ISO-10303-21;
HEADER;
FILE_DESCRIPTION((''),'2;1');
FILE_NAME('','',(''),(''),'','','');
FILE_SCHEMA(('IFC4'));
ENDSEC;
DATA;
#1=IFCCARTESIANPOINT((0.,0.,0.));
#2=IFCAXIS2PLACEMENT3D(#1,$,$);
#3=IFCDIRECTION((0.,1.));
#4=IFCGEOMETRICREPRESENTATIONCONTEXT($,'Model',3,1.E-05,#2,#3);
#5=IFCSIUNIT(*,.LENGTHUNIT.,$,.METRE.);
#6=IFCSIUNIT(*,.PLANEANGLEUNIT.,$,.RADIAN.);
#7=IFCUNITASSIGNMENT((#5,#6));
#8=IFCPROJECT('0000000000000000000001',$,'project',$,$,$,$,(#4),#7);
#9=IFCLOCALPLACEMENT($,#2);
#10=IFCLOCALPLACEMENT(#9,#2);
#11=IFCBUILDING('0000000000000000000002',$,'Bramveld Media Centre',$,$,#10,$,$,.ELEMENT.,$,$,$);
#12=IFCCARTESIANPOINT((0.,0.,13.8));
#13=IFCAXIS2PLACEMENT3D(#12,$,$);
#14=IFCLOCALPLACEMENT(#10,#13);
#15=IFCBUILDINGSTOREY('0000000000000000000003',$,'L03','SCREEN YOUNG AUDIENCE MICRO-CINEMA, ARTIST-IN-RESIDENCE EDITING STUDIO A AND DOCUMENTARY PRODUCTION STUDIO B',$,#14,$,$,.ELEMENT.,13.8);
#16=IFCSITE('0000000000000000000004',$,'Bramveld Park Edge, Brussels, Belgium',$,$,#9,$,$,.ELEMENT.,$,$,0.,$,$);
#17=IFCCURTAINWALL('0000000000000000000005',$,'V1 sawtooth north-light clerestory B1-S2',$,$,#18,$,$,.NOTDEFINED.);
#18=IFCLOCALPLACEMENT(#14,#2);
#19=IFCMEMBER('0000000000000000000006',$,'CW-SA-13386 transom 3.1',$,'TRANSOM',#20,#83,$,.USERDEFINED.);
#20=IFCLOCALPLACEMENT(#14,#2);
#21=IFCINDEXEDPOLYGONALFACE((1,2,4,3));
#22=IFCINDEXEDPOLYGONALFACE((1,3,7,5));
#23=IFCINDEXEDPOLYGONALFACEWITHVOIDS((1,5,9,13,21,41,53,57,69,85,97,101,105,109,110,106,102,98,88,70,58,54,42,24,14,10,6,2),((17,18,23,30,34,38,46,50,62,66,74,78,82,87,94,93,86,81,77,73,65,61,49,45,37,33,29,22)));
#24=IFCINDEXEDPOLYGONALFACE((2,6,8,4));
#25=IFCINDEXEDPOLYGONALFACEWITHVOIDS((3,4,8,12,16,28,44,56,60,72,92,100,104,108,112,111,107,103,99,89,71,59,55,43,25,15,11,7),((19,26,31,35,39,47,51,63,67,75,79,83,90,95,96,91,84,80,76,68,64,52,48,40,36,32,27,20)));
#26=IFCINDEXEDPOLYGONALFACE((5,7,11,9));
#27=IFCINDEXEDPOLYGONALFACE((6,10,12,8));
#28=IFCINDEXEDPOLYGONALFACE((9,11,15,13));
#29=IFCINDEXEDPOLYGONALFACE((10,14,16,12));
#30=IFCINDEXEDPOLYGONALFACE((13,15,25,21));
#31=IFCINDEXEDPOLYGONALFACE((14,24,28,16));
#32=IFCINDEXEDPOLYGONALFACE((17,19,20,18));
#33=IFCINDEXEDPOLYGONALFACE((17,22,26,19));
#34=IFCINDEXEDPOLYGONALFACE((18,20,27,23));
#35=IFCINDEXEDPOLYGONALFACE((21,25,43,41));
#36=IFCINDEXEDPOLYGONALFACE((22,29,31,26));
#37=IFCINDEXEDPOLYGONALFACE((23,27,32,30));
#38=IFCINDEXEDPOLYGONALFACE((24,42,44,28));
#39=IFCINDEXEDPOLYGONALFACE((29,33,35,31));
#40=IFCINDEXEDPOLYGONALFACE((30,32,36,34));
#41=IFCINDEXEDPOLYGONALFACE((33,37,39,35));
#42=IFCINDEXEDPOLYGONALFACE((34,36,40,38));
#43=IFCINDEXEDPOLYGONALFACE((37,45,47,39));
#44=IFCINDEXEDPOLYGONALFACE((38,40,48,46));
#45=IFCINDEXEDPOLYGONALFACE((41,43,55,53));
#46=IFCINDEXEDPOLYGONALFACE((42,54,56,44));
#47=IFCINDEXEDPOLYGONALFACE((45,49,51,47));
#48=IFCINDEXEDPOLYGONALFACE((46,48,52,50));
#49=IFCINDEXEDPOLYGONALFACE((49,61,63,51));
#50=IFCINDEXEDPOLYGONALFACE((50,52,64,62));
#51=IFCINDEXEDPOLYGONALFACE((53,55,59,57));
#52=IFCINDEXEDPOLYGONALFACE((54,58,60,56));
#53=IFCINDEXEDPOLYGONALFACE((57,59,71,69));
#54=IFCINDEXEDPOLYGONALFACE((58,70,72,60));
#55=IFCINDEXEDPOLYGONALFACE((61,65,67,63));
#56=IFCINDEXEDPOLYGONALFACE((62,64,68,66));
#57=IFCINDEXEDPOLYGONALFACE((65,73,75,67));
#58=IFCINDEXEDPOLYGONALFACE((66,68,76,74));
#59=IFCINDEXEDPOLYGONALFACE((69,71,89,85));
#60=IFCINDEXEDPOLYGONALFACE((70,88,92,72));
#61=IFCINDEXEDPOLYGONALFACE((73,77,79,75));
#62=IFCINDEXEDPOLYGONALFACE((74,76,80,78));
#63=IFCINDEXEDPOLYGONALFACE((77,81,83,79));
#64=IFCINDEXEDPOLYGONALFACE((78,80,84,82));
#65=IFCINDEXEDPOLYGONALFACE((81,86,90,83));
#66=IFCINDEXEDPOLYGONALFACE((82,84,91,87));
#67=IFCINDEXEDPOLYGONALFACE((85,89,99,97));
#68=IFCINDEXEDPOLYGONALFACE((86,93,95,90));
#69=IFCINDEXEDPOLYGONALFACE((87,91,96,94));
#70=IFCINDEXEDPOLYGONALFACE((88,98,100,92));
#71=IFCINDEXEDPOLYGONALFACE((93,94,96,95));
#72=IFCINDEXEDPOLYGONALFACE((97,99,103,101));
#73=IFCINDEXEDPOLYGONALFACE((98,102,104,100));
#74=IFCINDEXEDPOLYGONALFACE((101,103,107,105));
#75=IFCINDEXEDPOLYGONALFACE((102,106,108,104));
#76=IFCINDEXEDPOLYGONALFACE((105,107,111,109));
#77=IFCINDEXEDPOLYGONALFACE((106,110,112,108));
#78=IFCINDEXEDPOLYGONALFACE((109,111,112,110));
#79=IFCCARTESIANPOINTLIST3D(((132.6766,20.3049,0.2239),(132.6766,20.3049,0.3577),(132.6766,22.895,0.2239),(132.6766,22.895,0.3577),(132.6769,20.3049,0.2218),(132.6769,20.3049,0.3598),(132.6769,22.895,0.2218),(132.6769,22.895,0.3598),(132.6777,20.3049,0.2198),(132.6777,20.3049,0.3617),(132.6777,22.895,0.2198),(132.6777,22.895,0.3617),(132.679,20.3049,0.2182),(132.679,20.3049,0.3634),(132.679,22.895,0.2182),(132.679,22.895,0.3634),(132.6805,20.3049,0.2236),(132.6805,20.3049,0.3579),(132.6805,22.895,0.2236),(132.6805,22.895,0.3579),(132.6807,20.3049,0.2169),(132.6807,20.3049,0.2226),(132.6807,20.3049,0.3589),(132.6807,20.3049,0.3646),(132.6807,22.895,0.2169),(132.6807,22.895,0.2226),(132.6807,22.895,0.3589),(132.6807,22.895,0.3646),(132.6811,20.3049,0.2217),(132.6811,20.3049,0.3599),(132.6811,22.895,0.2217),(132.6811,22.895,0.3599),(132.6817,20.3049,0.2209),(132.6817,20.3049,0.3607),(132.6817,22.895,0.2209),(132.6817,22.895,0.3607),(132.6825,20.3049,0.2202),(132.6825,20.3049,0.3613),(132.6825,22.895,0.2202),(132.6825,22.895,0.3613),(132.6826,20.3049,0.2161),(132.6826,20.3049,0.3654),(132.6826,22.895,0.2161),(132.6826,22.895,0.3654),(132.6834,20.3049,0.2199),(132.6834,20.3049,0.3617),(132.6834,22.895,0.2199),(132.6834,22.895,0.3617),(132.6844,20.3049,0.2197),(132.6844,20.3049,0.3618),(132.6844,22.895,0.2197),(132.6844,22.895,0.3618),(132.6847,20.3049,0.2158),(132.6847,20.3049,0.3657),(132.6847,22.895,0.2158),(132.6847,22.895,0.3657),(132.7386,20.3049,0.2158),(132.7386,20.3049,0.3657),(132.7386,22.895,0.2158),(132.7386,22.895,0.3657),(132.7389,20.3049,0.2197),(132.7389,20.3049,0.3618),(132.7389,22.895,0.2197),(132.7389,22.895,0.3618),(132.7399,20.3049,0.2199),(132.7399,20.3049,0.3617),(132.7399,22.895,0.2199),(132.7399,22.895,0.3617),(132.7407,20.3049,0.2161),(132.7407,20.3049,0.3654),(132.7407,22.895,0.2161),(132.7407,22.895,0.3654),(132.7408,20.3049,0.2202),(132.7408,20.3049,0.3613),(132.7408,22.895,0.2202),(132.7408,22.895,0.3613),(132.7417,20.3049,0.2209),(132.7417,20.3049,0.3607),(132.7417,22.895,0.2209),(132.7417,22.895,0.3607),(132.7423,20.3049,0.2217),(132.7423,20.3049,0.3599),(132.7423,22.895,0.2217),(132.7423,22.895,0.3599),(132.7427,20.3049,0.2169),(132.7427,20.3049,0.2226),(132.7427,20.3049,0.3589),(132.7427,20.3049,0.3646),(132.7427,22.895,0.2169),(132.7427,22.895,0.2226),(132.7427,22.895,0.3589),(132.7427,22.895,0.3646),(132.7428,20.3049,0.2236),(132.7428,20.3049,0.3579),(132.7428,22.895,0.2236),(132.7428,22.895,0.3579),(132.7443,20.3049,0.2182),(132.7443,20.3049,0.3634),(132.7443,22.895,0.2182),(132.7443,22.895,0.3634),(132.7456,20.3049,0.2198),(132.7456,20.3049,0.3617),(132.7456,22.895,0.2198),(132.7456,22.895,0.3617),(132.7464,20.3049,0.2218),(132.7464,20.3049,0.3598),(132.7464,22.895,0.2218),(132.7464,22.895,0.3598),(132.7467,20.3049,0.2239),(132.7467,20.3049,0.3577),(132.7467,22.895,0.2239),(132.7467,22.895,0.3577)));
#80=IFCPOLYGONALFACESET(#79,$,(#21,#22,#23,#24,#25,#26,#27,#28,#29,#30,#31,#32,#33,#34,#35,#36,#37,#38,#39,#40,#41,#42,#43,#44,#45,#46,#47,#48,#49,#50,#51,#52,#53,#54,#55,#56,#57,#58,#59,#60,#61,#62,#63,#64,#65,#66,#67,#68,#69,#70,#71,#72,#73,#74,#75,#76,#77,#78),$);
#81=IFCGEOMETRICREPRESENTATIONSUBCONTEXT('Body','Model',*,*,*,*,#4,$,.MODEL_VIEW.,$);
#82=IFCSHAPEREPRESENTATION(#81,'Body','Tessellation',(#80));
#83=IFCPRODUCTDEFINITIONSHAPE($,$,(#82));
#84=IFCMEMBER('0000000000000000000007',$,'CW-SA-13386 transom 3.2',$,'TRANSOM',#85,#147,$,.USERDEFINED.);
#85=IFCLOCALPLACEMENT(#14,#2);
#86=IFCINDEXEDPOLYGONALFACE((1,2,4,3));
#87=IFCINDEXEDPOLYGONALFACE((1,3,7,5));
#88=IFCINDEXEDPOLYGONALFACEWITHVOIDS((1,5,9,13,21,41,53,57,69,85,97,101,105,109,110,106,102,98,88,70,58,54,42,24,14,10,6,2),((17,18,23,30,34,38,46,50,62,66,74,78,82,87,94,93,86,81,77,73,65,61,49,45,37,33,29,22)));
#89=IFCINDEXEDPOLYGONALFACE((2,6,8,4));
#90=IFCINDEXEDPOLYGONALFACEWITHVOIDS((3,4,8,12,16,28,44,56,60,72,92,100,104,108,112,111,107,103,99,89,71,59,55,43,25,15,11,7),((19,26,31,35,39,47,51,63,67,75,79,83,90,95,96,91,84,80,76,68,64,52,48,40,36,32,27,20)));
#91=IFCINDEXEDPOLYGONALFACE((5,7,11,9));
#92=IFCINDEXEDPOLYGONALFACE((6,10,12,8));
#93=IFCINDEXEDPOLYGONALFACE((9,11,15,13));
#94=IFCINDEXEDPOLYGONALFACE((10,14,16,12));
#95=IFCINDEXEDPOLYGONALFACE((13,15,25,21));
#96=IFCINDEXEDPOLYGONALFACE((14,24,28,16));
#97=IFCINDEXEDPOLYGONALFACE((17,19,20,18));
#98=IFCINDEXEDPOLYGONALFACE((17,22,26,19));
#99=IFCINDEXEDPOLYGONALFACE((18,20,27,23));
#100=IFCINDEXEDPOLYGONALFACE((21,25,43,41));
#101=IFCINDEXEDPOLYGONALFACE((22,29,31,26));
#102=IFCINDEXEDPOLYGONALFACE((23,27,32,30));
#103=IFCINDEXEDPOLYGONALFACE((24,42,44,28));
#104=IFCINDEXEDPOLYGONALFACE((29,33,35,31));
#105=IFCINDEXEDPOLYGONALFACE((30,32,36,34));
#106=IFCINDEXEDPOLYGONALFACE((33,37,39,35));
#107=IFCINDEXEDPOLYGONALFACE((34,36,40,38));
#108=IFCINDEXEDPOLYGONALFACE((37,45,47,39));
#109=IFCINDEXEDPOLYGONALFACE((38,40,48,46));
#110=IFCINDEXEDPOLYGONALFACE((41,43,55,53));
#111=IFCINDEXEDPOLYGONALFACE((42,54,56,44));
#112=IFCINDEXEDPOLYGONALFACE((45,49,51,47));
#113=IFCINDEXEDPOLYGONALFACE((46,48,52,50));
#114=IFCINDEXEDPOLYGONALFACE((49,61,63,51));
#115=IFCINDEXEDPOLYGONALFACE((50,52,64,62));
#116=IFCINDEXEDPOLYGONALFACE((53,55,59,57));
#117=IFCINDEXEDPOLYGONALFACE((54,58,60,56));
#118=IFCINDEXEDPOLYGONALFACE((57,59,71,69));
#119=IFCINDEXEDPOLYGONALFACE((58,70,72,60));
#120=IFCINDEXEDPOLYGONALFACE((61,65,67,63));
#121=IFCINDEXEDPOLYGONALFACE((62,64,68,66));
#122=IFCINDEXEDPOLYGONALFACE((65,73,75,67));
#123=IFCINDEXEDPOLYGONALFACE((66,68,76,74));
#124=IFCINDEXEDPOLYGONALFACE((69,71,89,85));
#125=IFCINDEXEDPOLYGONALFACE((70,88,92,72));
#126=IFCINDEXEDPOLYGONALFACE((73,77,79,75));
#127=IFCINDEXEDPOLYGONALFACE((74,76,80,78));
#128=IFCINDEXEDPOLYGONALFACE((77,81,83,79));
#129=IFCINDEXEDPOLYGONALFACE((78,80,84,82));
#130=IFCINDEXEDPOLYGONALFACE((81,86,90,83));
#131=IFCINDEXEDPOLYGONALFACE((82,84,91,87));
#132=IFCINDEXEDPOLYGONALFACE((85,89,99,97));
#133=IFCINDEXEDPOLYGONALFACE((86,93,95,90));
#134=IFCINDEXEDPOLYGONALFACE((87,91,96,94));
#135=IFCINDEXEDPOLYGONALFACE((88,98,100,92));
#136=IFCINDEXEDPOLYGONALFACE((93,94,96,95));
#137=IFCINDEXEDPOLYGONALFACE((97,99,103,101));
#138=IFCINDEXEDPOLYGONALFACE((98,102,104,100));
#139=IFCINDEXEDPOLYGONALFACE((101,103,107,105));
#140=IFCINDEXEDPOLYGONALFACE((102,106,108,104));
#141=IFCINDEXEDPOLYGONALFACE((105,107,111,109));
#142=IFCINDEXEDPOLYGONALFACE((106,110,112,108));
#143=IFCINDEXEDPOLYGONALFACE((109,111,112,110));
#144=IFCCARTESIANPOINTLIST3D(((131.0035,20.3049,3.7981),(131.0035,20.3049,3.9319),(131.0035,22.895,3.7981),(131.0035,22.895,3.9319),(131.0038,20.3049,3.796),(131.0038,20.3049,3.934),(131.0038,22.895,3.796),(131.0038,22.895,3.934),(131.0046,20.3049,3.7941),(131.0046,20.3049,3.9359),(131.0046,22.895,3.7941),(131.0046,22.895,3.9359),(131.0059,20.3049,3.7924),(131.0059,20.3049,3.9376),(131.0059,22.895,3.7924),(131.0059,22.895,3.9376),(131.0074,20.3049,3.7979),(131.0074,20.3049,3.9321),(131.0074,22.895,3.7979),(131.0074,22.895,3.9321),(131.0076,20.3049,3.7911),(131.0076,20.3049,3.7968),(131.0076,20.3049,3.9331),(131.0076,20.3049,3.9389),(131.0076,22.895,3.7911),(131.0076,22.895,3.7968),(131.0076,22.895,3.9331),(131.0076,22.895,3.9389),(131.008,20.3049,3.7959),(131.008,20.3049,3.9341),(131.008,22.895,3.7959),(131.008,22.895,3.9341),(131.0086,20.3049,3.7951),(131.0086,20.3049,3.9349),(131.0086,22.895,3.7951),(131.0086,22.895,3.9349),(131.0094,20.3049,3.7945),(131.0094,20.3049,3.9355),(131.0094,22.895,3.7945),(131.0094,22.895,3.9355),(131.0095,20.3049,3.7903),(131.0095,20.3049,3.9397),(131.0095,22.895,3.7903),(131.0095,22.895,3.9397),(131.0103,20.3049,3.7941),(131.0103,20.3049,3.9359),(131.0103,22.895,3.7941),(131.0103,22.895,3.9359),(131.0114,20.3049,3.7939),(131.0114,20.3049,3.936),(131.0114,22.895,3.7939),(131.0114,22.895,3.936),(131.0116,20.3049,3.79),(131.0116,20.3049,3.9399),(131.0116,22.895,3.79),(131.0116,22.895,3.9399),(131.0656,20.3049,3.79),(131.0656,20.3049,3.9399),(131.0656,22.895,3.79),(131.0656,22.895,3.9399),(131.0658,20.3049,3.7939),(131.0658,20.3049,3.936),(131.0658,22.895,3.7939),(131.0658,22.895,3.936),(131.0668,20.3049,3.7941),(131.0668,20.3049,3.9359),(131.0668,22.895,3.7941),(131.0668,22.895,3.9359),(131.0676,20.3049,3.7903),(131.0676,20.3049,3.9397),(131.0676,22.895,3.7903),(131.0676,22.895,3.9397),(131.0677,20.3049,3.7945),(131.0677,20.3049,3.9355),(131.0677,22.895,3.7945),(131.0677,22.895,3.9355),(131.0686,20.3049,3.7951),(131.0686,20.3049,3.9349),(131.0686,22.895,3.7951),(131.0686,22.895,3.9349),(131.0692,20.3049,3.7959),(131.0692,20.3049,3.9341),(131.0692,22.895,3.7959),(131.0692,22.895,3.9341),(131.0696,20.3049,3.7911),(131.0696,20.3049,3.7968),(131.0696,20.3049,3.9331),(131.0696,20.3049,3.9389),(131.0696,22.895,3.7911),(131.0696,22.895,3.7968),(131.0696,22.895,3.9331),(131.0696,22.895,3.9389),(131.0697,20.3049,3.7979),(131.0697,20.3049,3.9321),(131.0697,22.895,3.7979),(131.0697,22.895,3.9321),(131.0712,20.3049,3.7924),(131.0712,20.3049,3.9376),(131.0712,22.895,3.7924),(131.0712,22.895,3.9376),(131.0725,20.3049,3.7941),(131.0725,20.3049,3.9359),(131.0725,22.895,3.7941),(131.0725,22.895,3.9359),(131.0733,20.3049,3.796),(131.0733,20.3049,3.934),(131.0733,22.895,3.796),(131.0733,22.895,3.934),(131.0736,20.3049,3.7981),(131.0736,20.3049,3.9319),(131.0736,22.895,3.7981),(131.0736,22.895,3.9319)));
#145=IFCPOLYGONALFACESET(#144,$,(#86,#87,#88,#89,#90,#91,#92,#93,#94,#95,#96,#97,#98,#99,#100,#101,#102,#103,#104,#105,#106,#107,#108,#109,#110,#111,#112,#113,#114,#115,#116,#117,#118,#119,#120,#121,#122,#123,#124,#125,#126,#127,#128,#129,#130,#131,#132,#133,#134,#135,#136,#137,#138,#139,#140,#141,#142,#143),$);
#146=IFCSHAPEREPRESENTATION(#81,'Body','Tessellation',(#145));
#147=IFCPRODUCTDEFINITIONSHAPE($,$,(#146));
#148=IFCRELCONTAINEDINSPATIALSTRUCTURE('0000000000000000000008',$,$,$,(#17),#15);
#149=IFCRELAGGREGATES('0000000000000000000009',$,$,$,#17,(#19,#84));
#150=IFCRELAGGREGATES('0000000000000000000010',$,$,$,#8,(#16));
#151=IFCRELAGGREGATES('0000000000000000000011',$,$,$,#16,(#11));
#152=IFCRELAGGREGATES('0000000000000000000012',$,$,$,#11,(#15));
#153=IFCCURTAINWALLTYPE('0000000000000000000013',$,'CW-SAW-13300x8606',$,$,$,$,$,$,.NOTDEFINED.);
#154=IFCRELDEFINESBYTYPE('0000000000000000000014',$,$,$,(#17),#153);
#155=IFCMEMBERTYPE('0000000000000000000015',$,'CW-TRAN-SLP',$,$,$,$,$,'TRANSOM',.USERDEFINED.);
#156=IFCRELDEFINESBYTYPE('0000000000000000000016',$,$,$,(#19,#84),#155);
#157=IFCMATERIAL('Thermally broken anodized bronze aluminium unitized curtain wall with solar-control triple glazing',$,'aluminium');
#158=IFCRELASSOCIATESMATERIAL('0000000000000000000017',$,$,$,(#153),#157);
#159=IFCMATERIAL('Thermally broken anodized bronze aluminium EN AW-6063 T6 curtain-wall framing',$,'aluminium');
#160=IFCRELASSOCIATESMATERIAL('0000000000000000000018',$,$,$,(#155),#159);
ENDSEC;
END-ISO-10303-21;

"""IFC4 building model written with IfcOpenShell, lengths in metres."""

from ifc_helpers import new_model, si_unit, direction, frame, origin, origin_2d, place, context, subcontext, project, spatial, hollow_rectangle, extrude, material, material_profile, profile_set, type_object, element, aggregate, save


model = new_model("IFC4")

# Units and contexts
model_context = context("Model", 3, precision=1e-05, world=origin(), true_north=direction((0.0, 1.0)))
body_context = subcontext(model_context, "Body", "Model", "MODEL_VIEW")
ifc_project = project(units=[si_unit("LENGTHUNIT", "METRE"), si_unit("PLANEANGLEUNIT", "RADIAN")], contexts=[model_context])

# Site, building, storey
site_placement = place(None, origin())
site = spatial("IfcSite", under=ifc_project, at=site_placement, Name="Bramveld Park Edge, Brussels, Belgium", CompositionType="ELEMENT", RefElevation=0.0)
building_placement = place(site_placement, origin())
building = spatial("IfcBuilding", under=site, at=building_placement, Name="Bramveld Media Centre", CompositionType="ELEMENT")
storey_placement = place(building_placement, frame((0.0, 0.0, 13.8)))
storey = spatial("IfcBuildingStorey", under=building, at=storey_placement, Name="L03", Description="SCREEN YOUNG AUDIENCE MICRO-CINEMA, ARTIST-IN-RESIDENCE EDITING STUDIO A AND DOCUMENTARY PRODUCTION STUDIO B", CompositionType="ELEMENT", Elevation=13.8)

# Shared definitions
ifc_material_1 = material(Name="Thermally broken anodized bronze aluminium unitized curtain wall with solar-control triple glazing", Category="aluminium")
curtain_wall_type = type_object("IfcCurtainWallType", Name="CW-SAW-13300x8606", PredefinedType="NOTDEFINED", material=ifc_material_1)
ifc_material_2 = material(Name="Thermally broken anodized bronze aluminium EN AW-6063 T6 curtain-wall framing", Category="aluminium")
ifc_material_profile = material_profile(ifc_material_2, hollow_rectangle(XDim=0.0701, YDim=0.1499, WallThickness=0.0039, InnerFilletRadius=0.0039, OuterFilletRadius=0.0081, at=origin_2d()), Name="AL-TRAN 70x150")
ifc_profile_set = profile_set([ifc_material_profile], Name="Thermally broken anodized bronze aluminium EN AW-6063 T6 curtain-wall framing")
member_type = type_object("IfcMemberType", Name="CW-TRAN-SLP", ElementType="TRANSOM", PredefinedType="USERDEFINED", material=ifc_profile_set)

# Curtain wall, members
curtain_wall_1_placement = place(storey_placement, origin())
curtain_wall_1 = element("IfcCurtainWall", 1, at=curtain_wall_1_placement, inside=storey, type_object=curtain_wall_type, Name="V1 sawtooth north-light clerestory B1-S2", PredefinedType="NOTDEFINED")
member_1_placement = place(storey_placement, frame((132.7117, 20.3049, 0.2908), z_axis=(0.0, 1.0, 0.0), x_axis=(-1.0, 0.0, 0.0)))
member_1 = element("IfcMember", 2, at=member_1_placement, type_object=member_type, Name="CW-SA-13386 transom 3.1", ObjectType="TRANSOM", PredefinedType="USERDEFINED", context=body_context, shape_type="SweptSolid", body=[
    extrude(hollow_rectangle(XDim=0.0701, YDim=0.1499, WallThickness=0.0039, InnerFilletRadius=0.0039, OuterFilletRadius=0.0081, at=origin_2d()), origin(), (0.0, 0.0, 1.0), 2.5901),
])
member_2_placement = place(storey_placement, frame((131.0386, 20.3049, 3.865), z_axis=(0.0, 1.0, 0.0), x_axis=(-1.0, 0.0, 0.0)))
member_2 = element("IfcMember", 3, at=member_2_placement, type_object=member_type, Name="CW-SA-13386 transom 3.2", ObjectType="TRANSOM", PredefinedType="USERDEFINED", context=body_context, shape_type="SweptSolid", body=[
    extrude(hollow_rectangle(XDim=0.0701, YDim=0.1499, WallThickness=0.0039, InnerFilletRadius=0.0039, OuterFilletRadius=0.0081, at=origin_2d()), origin(), (0.0, 0.0, 1.0), 2.5901),
])

aggregate(curtain_wall_1, [member_1, member_2])

save(model, "model.ifc")
